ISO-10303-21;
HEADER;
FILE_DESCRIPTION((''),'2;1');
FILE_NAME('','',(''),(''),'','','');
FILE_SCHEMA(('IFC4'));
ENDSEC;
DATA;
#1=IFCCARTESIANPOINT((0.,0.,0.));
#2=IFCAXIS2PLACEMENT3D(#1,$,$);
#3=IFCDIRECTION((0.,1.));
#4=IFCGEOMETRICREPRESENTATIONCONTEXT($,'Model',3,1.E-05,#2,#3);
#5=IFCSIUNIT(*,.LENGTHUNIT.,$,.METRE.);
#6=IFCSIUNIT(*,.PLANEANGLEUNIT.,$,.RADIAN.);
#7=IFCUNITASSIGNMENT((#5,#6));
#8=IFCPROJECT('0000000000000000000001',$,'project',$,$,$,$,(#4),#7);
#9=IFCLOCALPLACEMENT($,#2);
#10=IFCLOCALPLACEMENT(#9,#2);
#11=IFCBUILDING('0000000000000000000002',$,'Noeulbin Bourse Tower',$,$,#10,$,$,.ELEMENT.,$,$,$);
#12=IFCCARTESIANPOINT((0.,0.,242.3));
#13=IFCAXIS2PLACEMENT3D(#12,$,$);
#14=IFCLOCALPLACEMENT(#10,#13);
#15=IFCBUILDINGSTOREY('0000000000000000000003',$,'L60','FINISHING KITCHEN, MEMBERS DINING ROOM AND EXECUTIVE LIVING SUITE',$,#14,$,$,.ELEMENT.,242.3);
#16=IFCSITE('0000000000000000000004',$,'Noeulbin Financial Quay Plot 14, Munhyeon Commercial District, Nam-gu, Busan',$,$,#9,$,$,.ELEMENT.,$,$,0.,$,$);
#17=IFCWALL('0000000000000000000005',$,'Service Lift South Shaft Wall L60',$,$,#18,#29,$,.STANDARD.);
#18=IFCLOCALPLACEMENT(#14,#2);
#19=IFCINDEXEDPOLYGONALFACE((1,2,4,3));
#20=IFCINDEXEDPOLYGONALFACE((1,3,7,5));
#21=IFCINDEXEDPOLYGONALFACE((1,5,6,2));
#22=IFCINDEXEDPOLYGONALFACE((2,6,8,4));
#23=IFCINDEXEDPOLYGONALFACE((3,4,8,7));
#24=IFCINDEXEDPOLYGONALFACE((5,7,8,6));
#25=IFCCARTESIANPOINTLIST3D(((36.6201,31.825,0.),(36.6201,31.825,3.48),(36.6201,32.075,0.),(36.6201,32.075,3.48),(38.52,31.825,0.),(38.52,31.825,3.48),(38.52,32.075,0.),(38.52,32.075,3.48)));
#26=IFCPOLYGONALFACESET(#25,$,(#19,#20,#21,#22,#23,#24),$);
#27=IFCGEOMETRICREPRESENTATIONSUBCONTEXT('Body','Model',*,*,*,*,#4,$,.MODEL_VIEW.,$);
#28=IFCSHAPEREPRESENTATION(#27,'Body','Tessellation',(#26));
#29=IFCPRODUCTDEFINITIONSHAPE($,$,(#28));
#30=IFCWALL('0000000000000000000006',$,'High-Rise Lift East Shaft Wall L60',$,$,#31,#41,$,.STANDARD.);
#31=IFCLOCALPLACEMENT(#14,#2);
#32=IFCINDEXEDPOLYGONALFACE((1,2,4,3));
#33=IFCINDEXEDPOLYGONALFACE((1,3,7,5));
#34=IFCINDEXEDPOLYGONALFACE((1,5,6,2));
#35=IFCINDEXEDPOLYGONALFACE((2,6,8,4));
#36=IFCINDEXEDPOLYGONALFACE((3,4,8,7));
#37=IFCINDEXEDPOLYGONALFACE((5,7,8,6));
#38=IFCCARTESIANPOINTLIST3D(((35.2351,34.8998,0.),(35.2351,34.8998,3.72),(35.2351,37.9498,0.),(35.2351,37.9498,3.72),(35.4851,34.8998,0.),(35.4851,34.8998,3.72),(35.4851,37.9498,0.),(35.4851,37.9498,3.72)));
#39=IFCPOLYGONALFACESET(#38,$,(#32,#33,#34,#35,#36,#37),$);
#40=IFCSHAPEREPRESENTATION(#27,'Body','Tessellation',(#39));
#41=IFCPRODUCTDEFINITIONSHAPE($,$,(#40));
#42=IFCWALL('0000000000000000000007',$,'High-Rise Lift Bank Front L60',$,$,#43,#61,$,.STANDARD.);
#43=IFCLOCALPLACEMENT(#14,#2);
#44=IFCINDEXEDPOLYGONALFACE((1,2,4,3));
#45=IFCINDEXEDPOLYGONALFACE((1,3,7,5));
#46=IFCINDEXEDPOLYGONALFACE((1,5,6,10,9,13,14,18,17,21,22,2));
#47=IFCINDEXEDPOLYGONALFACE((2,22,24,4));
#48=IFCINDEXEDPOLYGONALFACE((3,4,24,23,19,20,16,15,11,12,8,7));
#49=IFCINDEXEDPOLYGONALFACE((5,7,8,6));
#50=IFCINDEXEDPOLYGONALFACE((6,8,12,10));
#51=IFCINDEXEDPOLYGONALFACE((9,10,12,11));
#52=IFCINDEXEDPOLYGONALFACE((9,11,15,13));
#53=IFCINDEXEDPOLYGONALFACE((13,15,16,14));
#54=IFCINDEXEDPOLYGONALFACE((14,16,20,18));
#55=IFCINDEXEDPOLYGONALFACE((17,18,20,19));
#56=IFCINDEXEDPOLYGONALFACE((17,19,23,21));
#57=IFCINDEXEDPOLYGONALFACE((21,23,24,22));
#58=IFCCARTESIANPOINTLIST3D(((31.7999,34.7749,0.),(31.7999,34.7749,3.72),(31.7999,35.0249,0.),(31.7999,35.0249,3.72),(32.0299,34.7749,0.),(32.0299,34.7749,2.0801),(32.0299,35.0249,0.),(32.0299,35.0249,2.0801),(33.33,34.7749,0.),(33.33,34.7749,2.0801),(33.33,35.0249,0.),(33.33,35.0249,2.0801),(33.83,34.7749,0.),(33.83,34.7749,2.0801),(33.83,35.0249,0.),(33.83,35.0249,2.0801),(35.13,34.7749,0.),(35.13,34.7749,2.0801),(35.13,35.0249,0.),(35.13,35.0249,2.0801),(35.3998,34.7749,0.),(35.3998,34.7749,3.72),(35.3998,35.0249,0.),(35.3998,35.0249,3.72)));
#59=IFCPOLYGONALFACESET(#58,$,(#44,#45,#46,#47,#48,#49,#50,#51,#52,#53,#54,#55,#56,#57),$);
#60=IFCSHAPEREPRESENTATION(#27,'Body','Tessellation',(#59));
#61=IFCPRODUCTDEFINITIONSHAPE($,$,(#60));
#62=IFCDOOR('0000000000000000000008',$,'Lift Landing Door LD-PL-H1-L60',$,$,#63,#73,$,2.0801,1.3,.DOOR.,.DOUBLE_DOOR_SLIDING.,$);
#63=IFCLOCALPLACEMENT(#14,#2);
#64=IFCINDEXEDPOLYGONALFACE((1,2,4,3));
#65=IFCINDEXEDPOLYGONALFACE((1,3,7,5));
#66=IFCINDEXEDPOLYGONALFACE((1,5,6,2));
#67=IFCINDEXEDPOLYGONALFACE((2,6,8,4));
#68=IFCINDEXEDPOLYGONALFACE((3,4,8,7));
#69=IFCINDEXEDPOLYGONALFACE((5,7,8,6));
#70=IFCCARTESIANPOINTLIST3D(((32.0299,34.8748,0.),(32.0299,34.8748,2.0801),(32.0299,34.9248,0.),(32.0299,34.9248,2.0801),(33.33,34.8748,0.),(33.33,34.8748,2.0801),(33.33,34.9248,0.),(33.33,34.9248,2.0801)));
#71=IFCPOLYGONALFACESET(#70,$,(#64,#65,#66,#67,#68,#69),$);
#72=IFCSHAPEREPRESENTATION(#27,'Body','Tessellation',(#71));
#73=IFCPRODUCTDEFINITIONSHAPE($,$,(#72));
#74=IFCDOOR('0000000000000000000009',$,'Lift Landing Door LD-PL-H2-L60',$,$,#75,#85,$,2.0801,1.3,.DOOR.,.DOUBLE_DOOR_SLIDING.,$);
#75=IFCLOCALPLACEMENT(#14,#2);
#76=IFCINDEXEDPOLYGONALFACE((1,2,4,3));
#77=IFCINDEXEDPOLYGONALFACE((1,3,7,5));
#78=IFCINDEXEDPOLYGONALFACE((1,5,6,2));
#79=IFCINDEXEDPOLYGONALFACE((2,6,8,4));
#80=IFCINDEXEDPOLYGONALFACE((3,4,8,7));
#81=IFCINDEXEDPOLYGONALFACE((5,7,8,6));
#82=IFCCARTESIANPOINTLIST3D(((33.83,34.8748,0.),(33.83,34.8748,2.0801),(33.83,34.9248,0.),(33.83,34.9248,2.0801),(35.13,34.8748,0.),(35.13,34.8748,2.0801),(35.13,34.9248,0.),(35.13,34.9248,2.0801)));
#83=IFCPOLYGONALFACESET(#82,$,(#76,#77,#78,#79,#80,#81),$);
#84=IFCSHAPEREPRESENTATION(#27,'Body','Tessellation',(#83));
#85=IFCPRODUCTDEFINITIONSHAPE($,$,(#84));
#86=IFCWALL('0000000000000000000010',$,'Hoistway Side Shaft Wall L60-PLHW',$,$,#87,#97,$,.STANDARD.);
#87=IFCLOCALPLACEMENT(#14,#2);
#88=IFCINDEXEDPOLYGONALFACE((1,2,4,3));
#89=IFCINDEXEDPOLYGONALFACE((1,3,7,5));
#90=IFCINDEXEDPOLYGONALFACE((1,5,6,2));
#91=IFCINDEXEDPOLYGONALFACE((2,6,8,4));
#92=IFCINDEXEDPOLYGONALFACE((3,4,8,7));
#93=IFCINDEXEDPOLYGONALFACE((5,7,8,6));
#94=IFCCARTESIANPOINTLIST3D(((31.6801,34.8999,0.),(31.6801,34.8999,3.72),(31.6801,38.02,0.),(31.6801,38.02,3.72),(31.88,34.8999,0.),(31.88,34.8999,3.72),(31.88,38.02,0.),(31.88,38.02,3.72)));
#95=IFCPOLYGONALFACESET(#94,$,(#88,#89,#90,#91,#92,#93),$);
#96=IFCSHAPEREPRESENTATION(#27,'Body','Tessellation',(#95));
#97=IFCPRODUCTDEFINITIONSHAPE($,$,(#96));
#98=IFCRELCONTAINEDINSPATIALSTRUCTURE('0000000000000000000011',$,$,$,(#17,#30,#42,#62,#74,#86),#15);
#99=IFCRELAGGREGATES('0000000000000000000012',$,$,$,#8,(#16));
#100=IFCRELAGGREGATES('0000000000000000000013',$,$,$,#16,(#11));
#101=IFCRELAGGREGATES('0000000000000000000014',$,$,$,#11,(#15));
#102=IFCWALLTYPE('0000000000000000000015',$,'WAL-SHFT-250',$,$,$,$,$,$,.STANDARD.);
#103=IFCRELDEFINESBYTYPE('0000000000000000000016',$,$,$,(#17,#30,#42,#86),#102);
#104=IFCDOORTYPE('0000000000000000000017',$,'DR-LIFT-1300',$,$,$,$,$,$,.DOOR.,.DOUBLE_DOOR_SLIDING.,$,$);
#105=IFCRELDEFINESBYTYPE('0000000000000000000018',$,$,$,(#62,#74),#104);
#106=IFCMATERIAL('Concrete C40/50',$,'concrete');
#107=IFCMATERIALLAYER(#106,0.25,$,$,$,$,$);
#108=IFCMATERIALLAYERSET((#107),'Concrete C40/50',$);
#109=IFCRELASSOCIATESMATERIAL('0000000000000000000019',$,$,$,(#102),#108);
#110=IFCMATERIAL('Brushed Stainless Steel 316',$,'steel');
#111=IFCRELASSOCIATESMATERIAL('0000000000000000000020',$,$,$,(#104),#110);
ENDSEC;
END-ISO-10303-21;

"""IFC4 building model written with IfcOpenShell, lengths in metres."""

from ifc_helpers import new_model, si_unit, direction, frame, frame_2d, origin, place, context, subcontext, project, spatial, rectangle, extrude, material, layer, layer_set, type_object, element, fill, save


model = new_model("IFC4")

# Units and contexts
model_context = context("Model", 3, precision=1e-05, world=origin(), true_north=direction((0.0, 1.0)))
body_context = subcontext(model_context, "Body", "Model", "MODEL_VIEW")
ifc_project = project(units=[si_unit("LENGTHUNIT", "METRE"), si_unit("PLANEANGLEUNIT", "RADIAN")], contexts=[model_context])

# Site, building, storey
site_placement = place(None, origin())
site = spatial("IfcSite", under=ifc_project, at=site_placement, Name="Noeulbin Financial Quay Plot 14, Munhyeon Commercial District, Nam-gu, Busan", CompositionType="ELEMENT", RefElevation=0.0)
building_placement = place(site_placement, origin())
building = spatial("IfcBuilding", under=site, at=building_placement, Name="Noeulbin Bourse Tower", CompositionType="ELEMENT")
storey_placement = place(building_placement, frame((0.0, 0.0, 242.3)))
storey = spatial("IfcBuildingStorey", under=building, at=storey_placement, Name="L60", Description="FINISHING KITCHEN, MEMBERS DINING ROOM AND EXECUTIVE LIVING SUITE", CompositionType="ELEMENT", Elevation=242.3)

# Walls
ifc_material_1 = material(Name="Concrete C40/50", Category="concrete")
ifc_layer_1 = layer(ifc_material_1, 0.25)
ifc_layer_set_1 = layer_set([ifc_layer_1], Name="Concrete C40/50")
wall_type = type_object("IfcWallType", Name="WAL-SHFT-250", PredefinedType="STANDARD", material=ifc_layer_set_1)
wall_1_placement = place(storey_placement, frame((36.6201, 31.95, 0.0), z_axis=(0.0, 0.0, 1.0), x_axis=(1.0, 0.0, 0.0)))
element("IfcWall", 1, at=wall_1_placement, inside=storey, type_object=wall_type, Name="Service Lift South Shaft Wall L60", PredefinedType="STANDARD", context=body_context, shape_type="SweptSolid", body=[
    extrude(rectangle(XDim=1.8999, YDim=0.25, at=frame_2d((0.95, 0.0))), origin(), (0.0, 0.0, 1.0), 3.48),
])
wall_2_placement = place(storey_placement, frame((35.3601, 34.8999, 0.0), z_axis=(0.0, 0.0, 1.0), x_axis=(0.0, 1.0, 0.0)))
element("IfcWall", 2, at=wall_2_placement, inside=storey, type_object=wall_type, Name="High-Rise Lift East Shaft Wall L60", PredefinedType="STANDARD", context=body_context, shape_type="SweptSolid", body=[
    extrude(rectangle(XDim=3.05, YDim=0.25, at=frame_2d((1.5249, 0.0))), origin(), (0.0, 0.0, 1.0), 3.72),
])

# Wall, openings, doors
wall_3_placement = place(storey_placement, frame((31.8, 34.8999, 0.0), z_axis=(0.0, 0.0, 1.0), x_axis=(1.0, 0.0, 0.0)))
wall_3 = element("IfcWall", 3, at=wall_3_placement, inside=storey, type_object=wall_type, Name="High-Rise Lift Bank Front L60", PredefinedType="STANDARD", context=body_context, shape_type="SweptSolid", body=[
    extrude(rectangle(XDim=3.5999, YDim=0.25, at=frame_2d((1.7998, 0.0))), origin(), (0.0, 0.0, 1.0), 3.72),
])
opening_1_placement = place(wall_3_placement, frame((0.23, 0.0, 0.0)))
opening_1 = element("IfcOpeningElement", 4, at=opening_1_placement, cuts=wall_3, PredefinedType="OPENING", context=body_context, shape_type="SweptSolid", body=[
    extrude(rectangle(XDim=1.3, YDim=2.0801, at=frame_2d((0.6499, 1.04))), frame((0.0, 0.135, 0.0), z_axis=(0.0, -1.0, 0.0), x_axis=(1.0, 0.0, 0.0)), (0.0, 0.0, 1.0), 0.27),
])
opening_2_placement = place(wall_3_placement, frame((2.03, 0.0, 0.0)))
opening_2 = element("IfcOpeningElement", 5, at=opening_2_placement, cuts=wall_3, PredefinedType="OPENING", context=body_context, shape_type="SweptSolid", body=[
    extrude(rectangle(XDim=1.3, YDim=2.0801, at=frame_2d((0.6499, 1.04))), frame((0.0, 0.135, 0.0), z_axis=(0.0, -1.0, 0.0), x_axis=(1.0, 0.0, 0.0)), (0.0, 0.0, 1.0), 0.27),
])
ifc_material_2 = material(Name="Brushed Stainless Steel 316", Category="steel")
door_type = type_object("IfcDoorType", Name="DR-LIFT-1300", OperationType="DOUBLE_DOOR_SLIDING", PredefinedType="DOOR", material=ifc_material_2)
door_1_placement = place(opening_1_placement, origin())
door_1 = element("IfcDoor", 6, at=door_1_placement, inside=storey, type_object=door_type, Name="Lift Landing Door LD-PL-H1-L60", OperationType="DOUBLE_DOOR_SLIDING", OverallHeight=2.0801, OverallWidth=1.3, PredefinedType="DOOR", context=body_context, shape_type="SweptSolid", body=[
    extrude(rectangle(XDim=1.3, YDim=2.0801, at=frame_2d((0.6499, 1.04))), frame((0.0, 0.0249, 0.0), z_axis=(0.0, -1.0, 0.0), x_axis=(1.0, 0.0, 0.0)), (0.0, 0.0, 1.0), 0.05),
])
fill(opening_1, door_1)
door_2_placement = place(opening_2_placement, origin())
door_2 = element("IfcDoor", 7, at=door_2_placement, inside=storey, type_object=door_type, Name="Lift Landing Door LD-PL-H2-L60", OperationType="DOUBLE_DOOR_SLIDING", OverallHeight=2.0801, OverallWidth=1.3, PredefinedType="DOOR", context=body_context, shape_type="SweptSolid", body=[
    extrude(rectangle(XDim=1.3, YDim=2.0801, at=frame_2d((0.6499, 1.04))), frame((0.0, 0.0249, 0.0), z_axis=(0.0, -1.0, 0.0), x_axis=(1.0, 0.0, 0.0)), (0.0, 0.0, 1.0), 0.05),
])
fill(opening_2, door_2)

# Wall
wall_4_placement = place(storey_placement, frame((31.78, 34.8999, 0.0), z_axis=(0.0, 0.0, 1.0), x_axis=(0.0, 1.0, 0.0)))
element("IfcWall", 8, at=wall_4_placement, inside=storey, type_object=wall_type, Name="Hoistway Side Shaft Wall L60-PLHW", PredefinedType="STANDARD", context=body_context, shape_type="SweptSolid", body=[
    extrude(rectangle(XDim=3.1201, YDim=0.2, at=frame_2d((1.5601, 0.0))), origin(), (0.0, 0.0, 1.0), 3.72),
])

save(model, "model.ifc")
